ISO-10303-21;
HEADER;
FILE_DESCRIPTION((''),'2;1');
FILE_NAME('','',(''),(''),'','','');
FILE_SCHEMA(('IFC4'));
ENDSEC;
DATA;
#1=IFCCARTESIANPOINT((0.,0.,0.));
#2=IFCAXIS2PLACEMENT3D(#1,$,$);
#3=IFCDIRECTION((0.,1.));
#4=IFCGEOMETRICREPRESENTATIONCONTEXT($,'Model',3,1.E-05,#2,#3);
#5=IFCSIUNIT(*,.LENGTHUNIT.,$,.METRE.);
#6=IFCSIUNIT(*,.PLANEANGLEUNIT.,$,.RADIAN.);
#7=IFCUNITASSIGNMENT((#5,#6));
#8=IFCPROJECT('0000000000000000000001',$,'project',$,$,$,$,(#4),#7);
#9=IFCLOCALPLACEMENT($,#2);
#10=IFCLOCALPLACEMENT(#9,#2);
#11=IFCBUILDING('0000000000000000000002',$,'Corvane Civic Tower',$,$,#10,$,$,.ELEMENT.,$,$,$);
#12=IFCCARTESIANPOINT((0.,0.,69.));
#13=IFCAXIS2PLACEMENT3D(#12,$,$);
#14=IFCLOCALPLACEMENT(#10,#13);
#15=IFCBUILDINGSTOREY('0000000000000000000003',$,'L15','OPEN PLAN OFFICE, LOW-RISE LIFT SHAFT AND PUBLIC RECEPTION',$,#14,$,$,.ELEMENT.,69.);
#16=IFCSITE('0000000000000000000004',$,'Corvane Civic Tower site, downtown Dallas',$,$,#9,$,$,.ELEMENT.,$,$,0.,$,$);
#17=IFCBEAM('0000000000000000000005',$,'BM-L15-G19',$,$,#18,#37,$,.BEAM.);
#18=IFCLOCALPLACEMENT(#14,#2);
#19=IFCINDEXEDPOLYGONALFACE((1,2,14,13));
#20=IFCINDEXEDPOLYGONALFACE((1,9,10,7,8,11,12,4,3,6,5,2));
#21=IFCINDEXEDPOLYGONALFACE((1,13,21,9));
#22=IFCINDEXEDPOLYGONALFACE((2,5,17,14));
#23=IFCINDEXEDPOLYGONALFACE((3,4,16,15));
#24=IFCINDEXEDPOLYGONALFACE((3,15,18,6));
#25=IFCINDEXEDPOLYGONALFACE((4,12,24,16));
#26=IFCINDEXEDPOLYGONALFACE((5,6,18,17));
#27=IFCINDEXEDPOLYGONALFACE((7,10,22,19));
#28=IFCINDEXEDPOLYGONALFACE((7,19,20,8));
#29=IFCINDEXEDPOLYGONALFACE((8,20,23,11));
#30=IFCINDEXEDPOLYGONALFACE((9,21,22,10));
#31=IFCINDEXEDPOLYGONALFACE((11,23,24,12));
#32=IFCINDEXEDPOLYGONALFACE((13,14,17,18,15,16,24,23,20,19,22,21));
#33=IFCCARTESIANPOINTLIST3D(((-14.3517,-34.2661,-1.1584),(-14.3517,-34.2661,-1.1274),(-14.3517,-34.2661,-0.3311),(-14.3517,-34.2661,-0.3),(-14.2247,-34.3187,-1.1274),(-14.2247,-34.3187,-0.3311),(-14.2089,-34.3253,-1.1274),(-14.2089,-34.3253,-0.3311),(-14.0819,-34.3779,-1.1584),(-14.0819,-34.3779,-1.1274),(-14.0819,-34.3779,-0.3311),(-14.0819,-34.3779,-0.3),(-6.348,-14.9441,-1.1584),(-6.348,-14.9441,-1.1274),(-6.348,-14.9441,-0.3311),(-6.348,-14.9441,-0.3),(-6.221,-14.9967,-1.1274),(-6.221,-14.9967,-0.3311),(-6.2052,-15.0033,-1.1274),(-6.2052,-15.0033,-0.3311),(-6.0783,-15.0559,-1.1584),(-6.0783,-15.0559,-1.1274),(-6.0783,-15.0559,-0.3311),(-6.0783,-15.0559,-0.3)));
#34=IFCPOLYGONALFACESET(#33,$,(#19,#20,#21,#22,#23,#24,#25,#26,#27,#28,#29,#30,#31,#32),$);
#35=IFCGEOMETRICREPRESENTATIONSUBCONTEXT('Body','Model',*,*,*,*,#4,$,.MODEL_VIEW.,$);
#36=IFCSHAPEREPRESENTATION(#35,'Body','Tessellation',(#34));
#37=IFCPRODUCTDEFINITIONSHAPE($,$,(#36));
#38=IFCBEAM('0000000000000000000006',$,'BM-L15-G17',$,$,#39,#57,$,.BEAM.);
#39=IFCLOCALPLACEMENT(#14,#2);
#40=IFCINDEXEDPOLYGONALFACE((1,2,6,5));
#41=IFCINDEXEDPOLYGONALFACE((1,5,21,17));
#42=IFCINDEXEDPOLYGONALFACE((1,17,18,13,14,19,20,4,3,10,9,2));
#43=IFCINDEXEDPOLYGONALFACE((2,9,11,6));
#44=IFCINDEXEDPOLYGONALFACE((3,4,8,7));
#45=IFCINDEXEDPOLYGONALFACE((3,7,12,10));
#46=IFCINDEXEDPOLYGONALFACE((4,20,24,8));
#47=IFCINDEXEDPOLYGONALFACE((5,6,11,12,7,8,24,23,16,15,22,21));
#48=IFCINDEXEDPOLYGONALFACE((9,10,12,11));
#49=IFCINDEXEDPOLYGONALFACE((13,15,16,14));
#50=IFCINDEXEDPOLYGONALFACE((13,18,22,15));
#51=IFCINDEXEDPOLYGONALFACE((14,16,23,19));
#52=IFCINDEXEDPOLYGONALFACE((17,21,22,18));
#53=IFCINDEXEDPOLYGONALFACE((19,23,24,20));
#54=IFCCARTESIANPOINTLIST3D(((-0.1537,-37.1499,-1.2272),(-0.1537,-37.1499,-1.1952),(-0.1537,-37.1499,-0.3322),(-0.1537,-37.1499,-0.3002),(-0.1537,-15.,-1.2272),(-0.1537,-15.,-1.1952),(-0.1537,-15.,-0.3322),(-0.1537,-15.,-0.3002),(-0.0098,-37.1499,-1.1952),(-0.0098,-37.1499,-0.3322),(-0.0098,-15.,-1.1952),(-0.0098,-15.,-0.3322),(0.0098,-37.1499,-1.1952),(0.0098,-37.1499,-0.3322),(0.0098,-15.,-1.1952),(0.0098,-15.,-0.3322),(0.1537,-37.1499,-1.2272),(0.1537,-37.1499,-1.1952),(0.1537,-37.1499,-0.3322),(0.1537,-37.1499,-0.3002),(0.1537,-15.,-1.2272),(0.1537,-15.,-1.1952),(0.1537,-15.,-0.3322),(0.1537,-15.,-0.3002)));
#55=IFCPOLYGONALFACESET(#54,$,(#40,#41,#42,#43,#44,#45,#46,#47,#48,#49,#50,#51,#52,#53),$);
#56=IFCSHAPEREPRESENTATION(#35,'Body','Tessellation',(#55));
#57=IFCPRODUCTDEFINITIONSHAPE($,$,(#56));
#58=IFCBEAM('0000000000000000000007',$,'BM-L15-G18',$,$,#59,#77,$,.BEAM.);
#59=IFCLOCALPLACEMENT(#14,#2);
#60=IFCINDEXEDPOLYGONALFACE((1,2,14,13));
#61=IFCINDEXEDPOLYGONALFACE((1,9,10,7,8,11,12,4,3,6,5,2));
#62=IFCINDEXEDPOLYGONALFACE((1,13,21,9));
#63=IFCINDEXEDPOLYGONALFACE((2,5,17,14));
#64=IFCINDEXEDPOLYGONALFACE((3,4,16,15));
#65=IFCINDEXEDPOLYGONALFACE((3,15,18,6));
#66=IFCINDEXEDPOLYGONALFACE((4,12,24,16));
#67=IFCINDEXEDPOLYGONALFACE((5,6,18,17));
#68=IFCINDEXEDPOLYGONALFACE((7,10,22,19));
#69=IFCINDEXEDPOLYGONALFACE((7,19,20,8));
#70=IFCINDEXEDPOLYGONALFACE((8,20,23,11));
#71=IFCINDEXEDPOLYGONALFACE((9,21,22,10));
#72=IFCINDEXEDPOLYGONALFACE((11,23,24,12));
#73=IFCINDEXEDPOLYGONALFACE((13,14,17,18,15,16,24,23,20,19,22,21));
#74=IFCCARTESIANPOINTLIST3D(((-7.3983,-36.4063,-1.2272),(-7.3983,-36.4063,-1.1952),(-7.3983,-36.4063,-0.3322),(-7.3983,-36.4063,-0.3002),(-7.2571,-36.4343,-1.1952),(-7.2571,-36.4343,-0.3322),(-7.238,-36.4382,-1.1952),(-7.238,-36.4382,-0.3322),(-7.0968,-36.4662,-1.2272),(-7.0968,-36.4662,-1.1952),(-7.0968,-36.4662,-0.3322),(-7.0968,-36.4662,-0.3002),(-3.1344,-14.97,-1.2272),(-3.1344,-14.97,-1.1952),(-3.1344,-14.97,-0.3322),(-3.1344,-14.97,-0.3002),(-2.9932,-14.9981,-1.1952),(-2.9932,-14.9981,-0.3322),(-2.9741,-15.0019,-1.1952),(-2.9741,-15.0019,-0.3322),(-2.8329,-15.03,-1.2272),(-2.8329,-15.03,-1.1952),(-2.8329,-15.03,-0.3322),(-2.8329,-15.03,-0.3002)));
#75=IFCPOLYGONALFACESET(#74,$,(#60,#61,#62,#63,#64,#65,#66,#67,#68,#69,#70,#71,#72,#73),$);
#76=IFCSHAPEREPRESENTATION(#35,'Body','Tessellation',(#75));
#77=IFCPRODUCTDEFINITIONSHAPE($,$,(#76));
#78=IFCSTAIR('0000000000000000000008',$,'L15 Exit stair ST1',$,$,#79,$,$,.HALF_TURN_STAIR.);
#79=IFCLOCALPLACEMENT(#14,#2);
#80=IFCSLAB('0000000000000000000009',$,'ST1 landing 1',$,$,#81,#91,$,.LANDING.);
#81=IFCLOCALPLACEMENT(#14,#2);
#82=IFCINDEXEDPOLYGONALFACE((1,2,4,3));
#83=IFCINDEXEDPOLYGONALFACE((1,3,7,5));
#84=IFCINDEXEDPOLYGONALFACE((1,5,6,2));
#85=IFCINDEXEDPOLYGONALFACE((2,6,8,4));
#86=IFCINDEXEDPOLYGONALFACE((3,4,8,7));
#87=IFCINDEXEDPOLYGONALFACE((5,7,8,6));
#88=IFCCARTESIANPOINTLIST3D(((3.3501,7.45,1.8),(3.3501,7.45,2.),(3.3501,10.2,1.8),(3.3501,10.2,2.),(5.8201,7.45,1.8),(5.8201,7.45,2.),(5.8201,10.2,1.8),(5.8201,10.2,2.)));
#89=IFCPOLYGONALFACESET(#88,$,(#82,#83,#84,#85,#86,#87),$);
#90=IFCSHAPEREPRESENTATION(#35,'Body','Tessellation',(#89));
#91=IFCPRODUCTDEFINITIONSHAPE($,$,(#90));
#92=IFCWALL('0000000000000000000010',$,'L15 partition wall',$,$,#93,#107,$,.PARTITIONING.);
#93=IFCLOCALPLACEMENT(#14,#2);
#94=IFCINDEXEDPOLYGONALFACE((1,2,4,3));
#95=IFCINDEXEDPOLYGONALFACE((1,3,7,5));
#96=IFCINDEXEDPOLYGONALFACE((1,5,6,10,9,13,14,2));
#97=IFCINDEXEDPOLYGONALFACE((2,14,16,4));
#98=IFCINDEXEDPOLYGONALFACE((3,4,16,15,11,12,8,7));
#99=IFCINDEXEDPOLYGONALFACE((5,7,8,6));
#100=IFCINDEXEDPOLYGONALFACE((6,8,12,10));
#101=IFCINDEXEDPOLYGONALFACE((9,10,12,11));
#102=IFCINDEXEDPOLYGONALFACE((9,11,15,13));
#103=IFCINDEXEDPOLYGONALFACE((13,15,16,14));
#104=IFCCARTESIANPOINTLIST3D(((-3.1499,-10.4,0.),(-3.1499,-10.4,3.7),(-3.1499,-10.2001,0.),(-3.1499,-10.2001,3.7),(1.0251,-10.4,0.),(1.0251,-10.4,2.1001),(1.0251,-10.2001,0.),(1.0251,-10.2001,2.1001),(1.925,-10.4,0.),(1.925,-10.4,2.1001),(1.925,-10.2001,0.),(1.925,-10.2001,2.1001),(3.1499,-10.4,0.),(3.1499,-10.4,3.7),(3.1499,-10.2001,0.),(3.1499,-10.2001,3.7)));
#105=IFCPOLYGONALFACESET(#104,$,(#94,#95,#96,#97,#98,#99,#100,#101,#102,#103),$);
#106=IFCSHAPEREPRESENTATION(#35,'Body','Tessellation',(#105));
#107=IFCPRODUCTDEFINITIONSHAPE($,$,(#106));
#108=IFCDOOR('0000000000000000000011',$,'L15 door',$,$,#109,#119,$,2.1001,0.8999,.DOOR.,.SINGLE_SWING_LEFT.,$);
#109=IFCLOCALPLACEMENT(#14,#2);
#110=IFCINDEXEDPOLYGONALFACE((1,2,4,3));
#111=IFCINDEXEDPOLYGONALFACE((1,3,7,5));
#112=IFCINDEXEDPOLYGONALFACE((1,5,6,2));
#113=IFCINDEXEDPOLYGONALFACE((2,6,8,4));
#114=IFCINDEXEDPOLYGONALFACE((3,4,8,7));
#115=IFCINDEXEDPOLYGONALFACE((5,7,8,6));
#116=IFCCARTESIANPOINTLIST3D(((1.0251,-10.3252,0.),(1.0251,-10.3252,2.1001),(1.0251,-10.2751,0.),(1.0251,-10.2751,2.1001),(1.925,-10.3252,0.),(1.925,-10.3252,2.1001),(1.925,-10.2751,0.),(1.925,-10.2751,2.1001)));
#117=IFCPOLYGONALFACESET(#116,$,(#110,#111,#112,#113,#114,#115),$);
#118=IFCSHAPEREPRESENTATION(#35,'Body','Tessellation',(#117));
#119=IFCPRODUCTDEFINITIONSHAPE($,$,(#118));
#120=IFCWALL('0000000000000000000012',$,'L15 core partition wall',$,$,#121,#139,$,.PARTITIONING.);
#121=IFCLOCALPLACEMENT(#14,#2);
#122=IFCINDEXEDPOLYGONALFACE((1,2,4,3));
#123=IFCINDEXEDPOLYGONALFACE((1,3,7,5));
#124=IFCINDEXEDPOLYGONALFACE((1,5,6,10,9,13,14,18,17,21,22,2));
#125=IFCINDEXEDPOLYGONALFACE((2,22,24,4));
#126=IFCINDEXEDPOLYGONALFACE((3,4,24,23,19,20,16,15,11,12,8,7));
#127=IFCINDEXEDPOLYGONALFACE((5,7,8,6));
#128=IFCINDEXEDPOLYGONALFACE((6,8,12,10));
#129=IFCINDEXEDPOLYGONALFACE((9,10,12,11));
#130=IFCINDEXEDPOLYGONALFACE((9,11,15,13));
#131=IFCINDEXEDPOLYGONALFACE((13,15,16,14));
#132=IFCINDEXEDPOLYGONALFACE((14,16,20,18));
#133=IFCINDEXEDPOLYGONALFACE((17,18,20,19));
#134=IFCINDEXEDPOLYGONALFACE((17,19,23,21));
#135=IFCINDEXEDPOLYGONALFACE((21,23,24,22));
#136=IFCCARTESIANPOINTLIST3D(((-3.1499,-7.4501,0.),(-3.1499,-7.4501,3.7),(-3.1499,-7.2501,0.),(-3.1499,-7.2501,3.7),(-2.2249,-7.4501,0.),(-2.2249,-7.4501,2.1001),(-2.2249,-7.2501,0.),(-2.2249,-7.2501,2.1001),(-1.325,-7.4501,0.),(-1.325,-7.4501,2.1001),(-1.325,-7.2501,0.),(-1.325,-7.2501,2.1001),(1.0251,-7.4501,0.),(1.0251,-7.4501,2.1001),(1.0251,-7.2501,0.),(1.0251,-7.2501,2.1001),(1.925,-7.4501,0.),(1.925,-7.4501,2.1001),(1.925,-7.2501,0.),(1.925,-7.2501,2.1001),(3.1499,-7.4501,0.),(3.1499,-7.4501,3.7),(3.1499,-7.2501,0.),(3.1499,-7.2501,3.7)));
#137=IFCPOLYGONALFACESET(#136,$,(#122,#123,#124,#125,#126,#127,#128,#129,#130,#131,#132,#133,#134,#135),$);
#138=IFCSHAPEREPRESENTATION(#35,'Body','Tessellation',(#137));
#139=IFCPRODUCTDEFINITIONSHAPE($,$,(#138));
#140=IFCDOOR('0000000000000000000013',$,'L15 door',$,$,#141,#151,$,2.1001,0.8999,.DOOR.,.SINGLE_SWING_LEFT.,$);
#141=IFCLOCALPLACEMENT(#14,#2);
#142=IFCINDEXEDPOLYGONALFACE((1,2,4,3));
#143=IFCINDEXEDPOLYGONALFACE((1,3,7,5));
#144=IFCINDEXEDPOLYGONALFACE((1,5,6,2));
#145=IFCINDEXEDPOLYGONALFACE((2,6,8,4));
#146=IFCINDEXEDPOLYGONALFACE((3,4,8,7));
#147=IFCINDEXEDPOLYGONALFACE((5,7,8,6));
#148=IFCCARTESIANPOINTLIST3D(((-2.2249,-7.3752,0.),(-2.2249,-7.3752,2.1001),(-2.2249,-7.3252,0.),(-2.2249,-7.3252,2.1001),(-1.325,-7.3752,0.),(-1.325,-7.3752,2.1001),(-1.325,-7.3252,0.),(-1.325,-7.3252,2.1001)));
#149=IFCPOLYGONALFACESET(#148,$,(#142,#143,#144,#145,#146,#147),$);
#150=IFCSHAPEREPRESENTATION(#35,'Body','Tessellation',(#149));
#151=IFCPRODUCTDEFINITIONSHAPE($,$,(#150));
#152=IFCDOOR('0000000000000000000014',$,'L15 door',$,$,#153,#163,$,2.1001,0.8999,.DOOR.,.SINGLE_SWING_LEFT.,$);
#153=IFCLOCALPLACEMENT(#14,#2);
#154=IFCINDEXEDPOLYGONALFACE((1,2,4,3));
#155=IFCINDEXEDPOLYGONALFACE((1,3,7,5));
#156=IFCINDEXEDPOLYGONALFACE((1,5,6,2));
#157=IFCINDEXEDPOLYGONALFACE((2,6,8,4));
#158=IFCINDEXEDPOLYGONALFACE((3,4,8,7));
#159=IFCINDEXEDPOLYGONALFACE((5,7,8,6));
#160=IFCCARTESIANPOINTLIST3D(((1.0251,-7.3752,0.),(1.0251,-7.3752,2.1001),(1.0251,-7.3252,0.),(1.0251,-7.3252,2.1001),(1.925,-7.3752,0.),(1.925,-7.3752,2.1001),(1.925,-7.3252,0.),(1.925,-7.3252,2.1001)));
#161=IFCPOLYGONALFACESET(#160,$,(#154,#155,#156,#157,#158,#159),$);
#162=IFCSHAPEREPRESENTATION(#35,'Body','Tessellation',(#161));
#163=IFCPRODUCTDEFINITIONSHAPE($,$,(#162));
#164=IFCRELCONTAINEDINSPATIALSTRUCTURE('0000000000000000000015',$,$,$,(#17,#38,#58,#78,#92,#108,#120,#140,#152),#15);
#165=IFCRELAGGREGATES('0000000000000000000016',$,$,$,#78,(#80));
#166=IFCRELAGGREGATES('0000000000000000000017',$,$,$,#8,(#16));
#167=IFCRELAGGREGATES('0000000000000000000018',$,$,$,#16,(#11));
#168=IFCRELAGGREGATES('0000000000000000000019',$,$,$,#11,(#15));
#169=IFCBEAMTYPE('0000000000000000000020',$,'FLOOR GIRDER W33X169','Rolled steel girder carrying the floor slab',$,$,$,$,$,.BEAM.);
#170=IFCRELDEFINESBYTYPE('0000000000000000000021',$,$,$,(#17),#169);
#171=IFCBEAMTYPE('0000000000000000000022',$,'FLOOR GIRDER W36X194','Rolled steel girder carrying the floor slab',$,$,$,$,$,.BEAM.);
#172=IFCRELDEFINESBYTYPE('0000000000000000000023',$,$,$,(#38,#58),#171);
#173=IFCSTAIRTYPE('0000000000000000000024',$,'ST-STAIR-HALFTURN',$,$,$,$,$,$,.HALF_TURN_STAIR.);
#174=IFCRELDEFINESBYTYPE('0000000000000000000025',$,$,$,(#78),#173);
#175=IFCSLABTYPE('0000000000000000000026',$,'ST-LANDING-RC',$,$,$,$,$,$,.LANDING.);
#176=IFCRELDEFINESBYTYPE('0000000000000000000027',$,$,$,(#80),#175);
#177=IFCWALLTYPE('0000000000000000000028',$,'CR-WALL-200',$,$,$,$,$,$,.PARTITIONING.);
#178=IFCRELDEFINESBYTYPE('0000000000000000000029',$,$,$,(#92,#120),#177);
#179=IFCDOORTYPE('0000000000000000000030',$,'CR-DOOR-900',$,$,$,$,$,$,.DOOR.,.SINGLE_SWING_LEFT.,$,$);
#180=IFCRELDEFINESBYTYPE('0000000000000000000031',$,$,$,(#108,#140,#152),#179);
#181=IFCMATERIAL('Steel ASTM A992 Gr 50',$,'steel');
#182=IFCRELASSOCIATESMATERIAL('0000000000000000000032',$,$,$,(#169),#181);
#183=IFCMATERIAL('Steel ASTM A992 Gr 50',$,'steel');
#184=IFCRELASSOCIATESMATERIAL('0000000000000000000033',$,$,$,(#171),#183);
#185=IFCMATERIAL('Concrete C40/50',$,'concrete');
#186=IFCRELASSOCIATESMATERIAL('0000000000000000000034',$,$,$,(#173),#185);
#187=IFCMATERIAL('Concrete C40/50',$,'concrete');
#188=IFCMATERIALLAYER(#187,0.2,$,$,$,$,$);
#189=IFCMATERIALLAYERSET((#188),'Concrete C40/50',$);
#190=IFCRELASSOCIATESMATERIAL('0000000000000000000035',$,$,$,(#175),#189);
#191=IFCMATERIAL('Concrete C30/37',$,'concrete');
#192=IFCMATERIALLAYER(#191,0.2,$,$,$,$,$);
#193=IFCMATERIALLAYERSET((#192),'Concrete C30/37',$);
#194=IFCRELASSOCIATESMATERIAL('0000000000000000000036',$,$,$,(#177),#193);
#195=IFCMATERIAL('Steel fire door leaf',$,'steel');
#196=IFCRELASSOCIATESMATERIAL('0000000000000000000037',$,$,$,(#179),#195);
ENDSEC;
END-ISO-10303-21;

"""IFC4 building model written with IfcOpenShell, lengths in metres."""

from ifc_helpers import new_model, si_unit, direction, frame, frame_2d, origin, origin_2d, place, context, subcontext, project, spatial, polyline, rectangle, i_section, outline, extrude, material, layer, layer_set, material_profile, profile_set, type_object, element, fill, aggregate, save


model = new_model("IFC4")

# Units and contexts
model_context = context("Model", 3, precision=1e-05, world=origin(), true_north=direction((0.0, 1.0)))
body_context = subcontext(model_context, "Body", "Model", "MODEL_VIEW")
ifc_project = project(units=[si_unit("LENGTHUNIT", "METRE"), si_unit("PLANEANGLEUNIT", "RADIAN")], contexts=[model_context])

# Site, building, storey
site_placement = place(None, origin())
site = spatial("IfcSite", under=ifc_project, at=site_placement, Name="Corvane Civic Tower site, downtown Dallas", CompositionType="ELEMENT", RefElevation=0.0)
building_placement = place(site_placement, origin())
building = spatial("IfcBuilding", under=site, at=building_placement, Name="Corvane Civic Tower", CompositionType="ELEMENT")
storey_placement = place(building_placement, frame((0.0, 0.0, 69.0)))
storey = spatial("IfcBuildingStorey", under=building, at=storey_placement, Name="L15", Description="OPEN PLAN OFFICE, LOW-RISE LIFT SHAFT AND PUBLIC RECEPTION", CompositionType="ELEMENT", Elevation=69.0)

# Beams
ifc_material_1 = material(Name="Steel ASTM A992 Gr 50", Category="steel")
ifc_material_profile_1 = material_profile(ifc_material_1, i_section(OverallWidth=0.292, OverallDepth=0.8584, WebThickness=0.0171, FlangeThickness=0.031, at=origin_2d()), Name="W33X169")
ifc_profile_set_1 = profile_set([ifc_material_profile_1], Name="Steel ASTM A992 Gr 50")
beam_type_1 = type_object("IfcBeamType", Name="FLOOR GIRDER W33X169", Description="Rolled steel girder carrying the floor slab", PredefinedType="BEAM", material=ifc_profile_set_1)
beam_1_placement = place(storey_placement, frame((-6.2131, -15.0, -0.7292), z_axis=(-0.382692, -0.923876, 0.0), x_axis=(0.923876, -0.382692, 0.0)))
element("IfcBeam", 1, at=beam_1_placement, inside=storey, type_object=beam_type_1, Name="BM-L15-G19", PredefinedType="BEAM", context=body_context, shape_type="SweptSolid", body=[
    extrude(i_section(OverallWidth=0.292, OverallDepth=0.8584, WebThickness=0.0171, FlangeThickness=0.031, at=origin_2d()), origin(), (0.0, 0.0, 1.0), 20.9141),
])
ifc_material_2 = material(Name="Steel ASTM A992 Gr 50", Category="steel")
ifc_material_profile_2 = material_profile(ifc_material_2, i_section(OverallWidth=0.3074, OverallDepth=0.927, WebThickness=0.0195, FlangeThickness=0.032, at=origin_2d()), Name="W36X194")
ifc_profile_set_2 = profile_set([ifc_material_profile_2], Name="Steel ASTM A992 Gr 50")
beam_type_2 = type_object("IfcBeamType", Name="FLOOR GIRDER W36X194", Description="Rolled steel girder carrying the floor slab", PredefinedType="BEAM", material=ifc_profile_set_2)
beam_2_placement = place(storey_placement, frame((0.0, -15.0, -0.7637), z_axis=(0.0, -1.0, 0.0), x_axis=(1.0, 0.0, 0.0)))
element("IfcBeam", 2, at=beam_2_placement, inside=storey, type_object=beam_type_2, Name="BM-L15-G17", PredefinedType="BEAM", context=body_context, shape_type="SweptSolid", body=[
    extrude(i_section(OverallWidth=0.3074, OverallDepth=0.927, WebThickness=0.0195, FlangeThickness=0.032, at=origin_2d()), origin(), (0.0, 0.0, 1.0), 22.1499),
])
beam_3_placement = place(storey_placement, frame((-2.9836, -15.0, -0.7637), z_axis=(-0.195089, -0.980785, 0.0), x_axis=(0.980785, -0.195089, 0.0)))
element("IfcBeam", 3, at=beam_3_placement, inside=storey, type_object=beam_type_2, Name="BM-L15-G18", PredefinedType="BEAM", context=body_context, shape_type="SweptSolid", body=[
    extrude(i_section(OverallWidth=0.3074, OverallDepth=0.927, WebThickness=0.0195, FlangeThickness=0.032, at=origin_2d()), origin(), (0.0, 0.0, 1.0), 21.8562),
])

# Stair, slab
ifc_material_3 = material(Name="Concrete C40/50", Category="concrete")
stair_type = type_object("IfcStairType", Name="ST-STAIR-HALFTURN", PredefinedType="HALF_TURN_STAIR", material=ifc_material_3)
stair_1_placement = place(storey_placement, origin())
stair_1 = element("IfcStair", 4, at=stair_1_placement, inside=storey, type_object=stair_type, Name="L15 Exit stair ST1", PredefinedType="HALF_TURN_STAIR")
ifc_material_4 = material(Name="Concrete C40/50", Category="concrete")
ifc_layer_1 = layer(ifc_material_4, 0.2)
ifc_layer_set_1 = layer_set([ifc_layer_1], Name="Concrete C40/50")
slab_type_1 = type_object("IfcSlabType", Name="ST-LANDING-RC", PredefinedType="LANDING", material=ifc_layer_set_1)
slab_1_placement = place(storey_placement, frame((0.0, 0.0, 1.8)))
slab_1 = element("IfcSlab", 5, at=slab_1_placement, type_object=slab_type_1, Name="ST1 landing 1", PredefinedType="LANDING", context=body_context, shape_type="SweptSolid", body=[
    extrude(outline(polyline([(5.8201, 10.2), (3.3501, 10.2), (3.3501, 7.45), (5.8201, 7.45), (5.8201, 10.2)])), origin(), (0.0, 0.0, 1.0), 0.2),
])
aggregate(stair_1, [slab_1])

# Wall, opening, door
ifc_material_5 = material(Name="Concrete C30/37", Category="concrete")
ifc_layer_2 = layer(ifc_material_5, 0.2)
ifc_layer_set_2 = layer_set([ifc_layer_2], Name="Concrete C30/37")
wall_type = type_object("IfcWallType", Name="CR-WALL-200", PredefinedType="PARTITIONING", material=ifc_layer_set_2)
wall_1_placement = place(storey_placement, frame((-3.1499, -10.3, 0.0), z_axis=(0.0, 0.0, 1.0), x_axis=(1.0, 0.0, 0.0)))
wall_1 = element("IfcWall", 6, at=wall_1_placement, inside=storey, type_object=wall_type, Name="L15 partition wall", PredefinedType="PARTITIONING", context=body_context, shape_type="SweptSolid", body=[
    extrude(rectangle(XDim=6.2998, YDim=0.2, at=frame_2d((3.1499, 0.0))), origin(), (0.0, 0.0, 1.0), 3.7),
])
opening_1_placement = place(wall_1_placement, frame((4.175, 0.0, 0.0)))
opening_1 = element("IfcOpeningElement", 7, at=opening_1_placement, cuts=wall_1, PredefinedType="OPENING", context=body_context, shape_type="SweptSolid", body=[
    extrude(rectangle(XDim=0.8999, YDim=2.1001, at=frame_2d((0.45, 1.05))), frame((0.0, 0.1099, 0.0), z_axis=(0.0, -1.0, 0.0), x_axis=(1.0, 0.0, 0.0)), (0.0, 0.0, 1.0), 0.22),
])
ifc_material_6 = material(Name="Steel fire door leaf", Category="steel")
door_type_1 = type_object("IfcDoorType", Name="CR-DOOR-900", OperationType="SINGLE_SWING_LEFT", PredefinedType="DOOR", material=ifc_material_6)
door_1_placement = place(opening_1_placement, origin())
door_1 = element("IfcDoor", 8, at=door_1_placement, inside=storey, type_object=door_type_1, Name="L15 door", OperationType="SINGLE_SWING_LEFT", OverallHeight=2.1001, OverallWidth=0.8999, PredefinedType="DOOR", context=body_context, shape_type="SweptSolid", body=[
    extrude(rectangle(XDim=0.8999, YDim=2.1001, at=frame_2d((0.45, 1.05))), frame((0.0, 0.0249, 0.0), z_axis=(0.0, -1.0, 0.0), x_axis=(1.0, 0.0, 0.0)), (0.0, 0.0, 1.0), 0.05),
])
fill(opening_1, door_1)

# Wall, openings, doors
wall_2_placement = place(storey_placement, frame((-3.1499, -7.3501, 0.0), z_axis=(0.0, 0.0, 1.0), x_axis=(1.0, 0.0, 0.0)))
wall_2 = element("IfcWall", 9, at=wall_2_placement, inside=storey, type_object=wall_type, Name="L15 core partition wall", PredefinedType="PARTITIONING", context=body_context, shape_type="SweptSolid", body=[
    extrude(rectangle(XDim=6.2998, YDim=0.2, at=frame_2d((3.1499, 0.0))), origin(), (0.0, 0.0, 1.0), 3.7),
])
opening_2_placement = place(wall_2_placement, frame((0.925, 0.0, 0.0)))
opening_2 = element("IfcOpeningElement", 10, at=opening_2_placement, cuts=wall_2, PredefinedType="OPENING", context=body_context, shape_type="SweptSolid", body=[
    extrude(rectangle(XDim=0.8999, YDim=2.1001, at=frame_2d((0.45, 1.05))), frame((0.0, 0.1099, 0.0), z_axis=(0.0, -1.0, 0.0), x_axis=(1.0, 0.0, 0.0)), (0.0, 0.0, 1.0), 0.22),
])
opening_3_placement = place(wall_2_placement, frame((4.175, 0.0, 0.0)))
opening_3 = element("IfcOpeningElement", 11, at=opening_3_placement, cuts=wall_2, PredefinedType="OPENING", context=body_context, shape_type="SweptSolid", body=[
    extrude(rectangle(XDim=0.8999, YDim=2.1001, at=frame_2d((0.45, 1.05))), frame((0.0, 0.1099, 0.0), z_axis=(0.0, -1.0, 0.0), x_axis=(1.0, 0.0, 0.0)), (0.0, 0.0, 1.0), 0.22),
])
door_2_placement = place(opening_2_placement, origin())
door_2 = element("IfcDoor", 12, at=door_2_placement, inside=storey, type_object=door_type_1, Name="L15 door", OperationType="SINGLE_SWING_LEFT", OverallHeight=2.1001, OverallWidth=0.8999, PredefinedType="DOOR", context=body_context, shape_type="SweptSolid", body=[
    extrude(rectangle(XDim=0.8999, YDim=2.1001, at=frame_2d((0.45, 1.05))), frame((0.0, 0.0249, 0.0), z_axis=(0.0, -1.0, 0.0), x_axis=(1.0, 0.0, 0.0)), (0.0, 0.0, 1.0), 0.05),
])
fill(opening_2, door_2)
door_3_placement = place(opening_3_placement, origin())
door_3 = element("IfcDoor", 13, at=door_3_placement, inside=storey, type_object=door_type_1, Name="L15 door", OperationType="SINGLE_SWING_LEFT", OverallHeight=2.1001, OverallWidth=0.8999, PredefinedType="DOOR", context=body_context, shape_type="SweptSolid", body=[
    extrude(rectangle(XDim=0.8999, YDim=2.1001, at=frame_2d((0.45, 1.05))), frame((0.0, 0.0249, 0.0), z_axis=(0.0, -1.0, 0.0), x_axis=(1.0, 0.0, 0.0)), (0.0, 0.0, 1.0), 0.05),
])
fill(opening_3, door_3)

save(model, "model.ifc")
